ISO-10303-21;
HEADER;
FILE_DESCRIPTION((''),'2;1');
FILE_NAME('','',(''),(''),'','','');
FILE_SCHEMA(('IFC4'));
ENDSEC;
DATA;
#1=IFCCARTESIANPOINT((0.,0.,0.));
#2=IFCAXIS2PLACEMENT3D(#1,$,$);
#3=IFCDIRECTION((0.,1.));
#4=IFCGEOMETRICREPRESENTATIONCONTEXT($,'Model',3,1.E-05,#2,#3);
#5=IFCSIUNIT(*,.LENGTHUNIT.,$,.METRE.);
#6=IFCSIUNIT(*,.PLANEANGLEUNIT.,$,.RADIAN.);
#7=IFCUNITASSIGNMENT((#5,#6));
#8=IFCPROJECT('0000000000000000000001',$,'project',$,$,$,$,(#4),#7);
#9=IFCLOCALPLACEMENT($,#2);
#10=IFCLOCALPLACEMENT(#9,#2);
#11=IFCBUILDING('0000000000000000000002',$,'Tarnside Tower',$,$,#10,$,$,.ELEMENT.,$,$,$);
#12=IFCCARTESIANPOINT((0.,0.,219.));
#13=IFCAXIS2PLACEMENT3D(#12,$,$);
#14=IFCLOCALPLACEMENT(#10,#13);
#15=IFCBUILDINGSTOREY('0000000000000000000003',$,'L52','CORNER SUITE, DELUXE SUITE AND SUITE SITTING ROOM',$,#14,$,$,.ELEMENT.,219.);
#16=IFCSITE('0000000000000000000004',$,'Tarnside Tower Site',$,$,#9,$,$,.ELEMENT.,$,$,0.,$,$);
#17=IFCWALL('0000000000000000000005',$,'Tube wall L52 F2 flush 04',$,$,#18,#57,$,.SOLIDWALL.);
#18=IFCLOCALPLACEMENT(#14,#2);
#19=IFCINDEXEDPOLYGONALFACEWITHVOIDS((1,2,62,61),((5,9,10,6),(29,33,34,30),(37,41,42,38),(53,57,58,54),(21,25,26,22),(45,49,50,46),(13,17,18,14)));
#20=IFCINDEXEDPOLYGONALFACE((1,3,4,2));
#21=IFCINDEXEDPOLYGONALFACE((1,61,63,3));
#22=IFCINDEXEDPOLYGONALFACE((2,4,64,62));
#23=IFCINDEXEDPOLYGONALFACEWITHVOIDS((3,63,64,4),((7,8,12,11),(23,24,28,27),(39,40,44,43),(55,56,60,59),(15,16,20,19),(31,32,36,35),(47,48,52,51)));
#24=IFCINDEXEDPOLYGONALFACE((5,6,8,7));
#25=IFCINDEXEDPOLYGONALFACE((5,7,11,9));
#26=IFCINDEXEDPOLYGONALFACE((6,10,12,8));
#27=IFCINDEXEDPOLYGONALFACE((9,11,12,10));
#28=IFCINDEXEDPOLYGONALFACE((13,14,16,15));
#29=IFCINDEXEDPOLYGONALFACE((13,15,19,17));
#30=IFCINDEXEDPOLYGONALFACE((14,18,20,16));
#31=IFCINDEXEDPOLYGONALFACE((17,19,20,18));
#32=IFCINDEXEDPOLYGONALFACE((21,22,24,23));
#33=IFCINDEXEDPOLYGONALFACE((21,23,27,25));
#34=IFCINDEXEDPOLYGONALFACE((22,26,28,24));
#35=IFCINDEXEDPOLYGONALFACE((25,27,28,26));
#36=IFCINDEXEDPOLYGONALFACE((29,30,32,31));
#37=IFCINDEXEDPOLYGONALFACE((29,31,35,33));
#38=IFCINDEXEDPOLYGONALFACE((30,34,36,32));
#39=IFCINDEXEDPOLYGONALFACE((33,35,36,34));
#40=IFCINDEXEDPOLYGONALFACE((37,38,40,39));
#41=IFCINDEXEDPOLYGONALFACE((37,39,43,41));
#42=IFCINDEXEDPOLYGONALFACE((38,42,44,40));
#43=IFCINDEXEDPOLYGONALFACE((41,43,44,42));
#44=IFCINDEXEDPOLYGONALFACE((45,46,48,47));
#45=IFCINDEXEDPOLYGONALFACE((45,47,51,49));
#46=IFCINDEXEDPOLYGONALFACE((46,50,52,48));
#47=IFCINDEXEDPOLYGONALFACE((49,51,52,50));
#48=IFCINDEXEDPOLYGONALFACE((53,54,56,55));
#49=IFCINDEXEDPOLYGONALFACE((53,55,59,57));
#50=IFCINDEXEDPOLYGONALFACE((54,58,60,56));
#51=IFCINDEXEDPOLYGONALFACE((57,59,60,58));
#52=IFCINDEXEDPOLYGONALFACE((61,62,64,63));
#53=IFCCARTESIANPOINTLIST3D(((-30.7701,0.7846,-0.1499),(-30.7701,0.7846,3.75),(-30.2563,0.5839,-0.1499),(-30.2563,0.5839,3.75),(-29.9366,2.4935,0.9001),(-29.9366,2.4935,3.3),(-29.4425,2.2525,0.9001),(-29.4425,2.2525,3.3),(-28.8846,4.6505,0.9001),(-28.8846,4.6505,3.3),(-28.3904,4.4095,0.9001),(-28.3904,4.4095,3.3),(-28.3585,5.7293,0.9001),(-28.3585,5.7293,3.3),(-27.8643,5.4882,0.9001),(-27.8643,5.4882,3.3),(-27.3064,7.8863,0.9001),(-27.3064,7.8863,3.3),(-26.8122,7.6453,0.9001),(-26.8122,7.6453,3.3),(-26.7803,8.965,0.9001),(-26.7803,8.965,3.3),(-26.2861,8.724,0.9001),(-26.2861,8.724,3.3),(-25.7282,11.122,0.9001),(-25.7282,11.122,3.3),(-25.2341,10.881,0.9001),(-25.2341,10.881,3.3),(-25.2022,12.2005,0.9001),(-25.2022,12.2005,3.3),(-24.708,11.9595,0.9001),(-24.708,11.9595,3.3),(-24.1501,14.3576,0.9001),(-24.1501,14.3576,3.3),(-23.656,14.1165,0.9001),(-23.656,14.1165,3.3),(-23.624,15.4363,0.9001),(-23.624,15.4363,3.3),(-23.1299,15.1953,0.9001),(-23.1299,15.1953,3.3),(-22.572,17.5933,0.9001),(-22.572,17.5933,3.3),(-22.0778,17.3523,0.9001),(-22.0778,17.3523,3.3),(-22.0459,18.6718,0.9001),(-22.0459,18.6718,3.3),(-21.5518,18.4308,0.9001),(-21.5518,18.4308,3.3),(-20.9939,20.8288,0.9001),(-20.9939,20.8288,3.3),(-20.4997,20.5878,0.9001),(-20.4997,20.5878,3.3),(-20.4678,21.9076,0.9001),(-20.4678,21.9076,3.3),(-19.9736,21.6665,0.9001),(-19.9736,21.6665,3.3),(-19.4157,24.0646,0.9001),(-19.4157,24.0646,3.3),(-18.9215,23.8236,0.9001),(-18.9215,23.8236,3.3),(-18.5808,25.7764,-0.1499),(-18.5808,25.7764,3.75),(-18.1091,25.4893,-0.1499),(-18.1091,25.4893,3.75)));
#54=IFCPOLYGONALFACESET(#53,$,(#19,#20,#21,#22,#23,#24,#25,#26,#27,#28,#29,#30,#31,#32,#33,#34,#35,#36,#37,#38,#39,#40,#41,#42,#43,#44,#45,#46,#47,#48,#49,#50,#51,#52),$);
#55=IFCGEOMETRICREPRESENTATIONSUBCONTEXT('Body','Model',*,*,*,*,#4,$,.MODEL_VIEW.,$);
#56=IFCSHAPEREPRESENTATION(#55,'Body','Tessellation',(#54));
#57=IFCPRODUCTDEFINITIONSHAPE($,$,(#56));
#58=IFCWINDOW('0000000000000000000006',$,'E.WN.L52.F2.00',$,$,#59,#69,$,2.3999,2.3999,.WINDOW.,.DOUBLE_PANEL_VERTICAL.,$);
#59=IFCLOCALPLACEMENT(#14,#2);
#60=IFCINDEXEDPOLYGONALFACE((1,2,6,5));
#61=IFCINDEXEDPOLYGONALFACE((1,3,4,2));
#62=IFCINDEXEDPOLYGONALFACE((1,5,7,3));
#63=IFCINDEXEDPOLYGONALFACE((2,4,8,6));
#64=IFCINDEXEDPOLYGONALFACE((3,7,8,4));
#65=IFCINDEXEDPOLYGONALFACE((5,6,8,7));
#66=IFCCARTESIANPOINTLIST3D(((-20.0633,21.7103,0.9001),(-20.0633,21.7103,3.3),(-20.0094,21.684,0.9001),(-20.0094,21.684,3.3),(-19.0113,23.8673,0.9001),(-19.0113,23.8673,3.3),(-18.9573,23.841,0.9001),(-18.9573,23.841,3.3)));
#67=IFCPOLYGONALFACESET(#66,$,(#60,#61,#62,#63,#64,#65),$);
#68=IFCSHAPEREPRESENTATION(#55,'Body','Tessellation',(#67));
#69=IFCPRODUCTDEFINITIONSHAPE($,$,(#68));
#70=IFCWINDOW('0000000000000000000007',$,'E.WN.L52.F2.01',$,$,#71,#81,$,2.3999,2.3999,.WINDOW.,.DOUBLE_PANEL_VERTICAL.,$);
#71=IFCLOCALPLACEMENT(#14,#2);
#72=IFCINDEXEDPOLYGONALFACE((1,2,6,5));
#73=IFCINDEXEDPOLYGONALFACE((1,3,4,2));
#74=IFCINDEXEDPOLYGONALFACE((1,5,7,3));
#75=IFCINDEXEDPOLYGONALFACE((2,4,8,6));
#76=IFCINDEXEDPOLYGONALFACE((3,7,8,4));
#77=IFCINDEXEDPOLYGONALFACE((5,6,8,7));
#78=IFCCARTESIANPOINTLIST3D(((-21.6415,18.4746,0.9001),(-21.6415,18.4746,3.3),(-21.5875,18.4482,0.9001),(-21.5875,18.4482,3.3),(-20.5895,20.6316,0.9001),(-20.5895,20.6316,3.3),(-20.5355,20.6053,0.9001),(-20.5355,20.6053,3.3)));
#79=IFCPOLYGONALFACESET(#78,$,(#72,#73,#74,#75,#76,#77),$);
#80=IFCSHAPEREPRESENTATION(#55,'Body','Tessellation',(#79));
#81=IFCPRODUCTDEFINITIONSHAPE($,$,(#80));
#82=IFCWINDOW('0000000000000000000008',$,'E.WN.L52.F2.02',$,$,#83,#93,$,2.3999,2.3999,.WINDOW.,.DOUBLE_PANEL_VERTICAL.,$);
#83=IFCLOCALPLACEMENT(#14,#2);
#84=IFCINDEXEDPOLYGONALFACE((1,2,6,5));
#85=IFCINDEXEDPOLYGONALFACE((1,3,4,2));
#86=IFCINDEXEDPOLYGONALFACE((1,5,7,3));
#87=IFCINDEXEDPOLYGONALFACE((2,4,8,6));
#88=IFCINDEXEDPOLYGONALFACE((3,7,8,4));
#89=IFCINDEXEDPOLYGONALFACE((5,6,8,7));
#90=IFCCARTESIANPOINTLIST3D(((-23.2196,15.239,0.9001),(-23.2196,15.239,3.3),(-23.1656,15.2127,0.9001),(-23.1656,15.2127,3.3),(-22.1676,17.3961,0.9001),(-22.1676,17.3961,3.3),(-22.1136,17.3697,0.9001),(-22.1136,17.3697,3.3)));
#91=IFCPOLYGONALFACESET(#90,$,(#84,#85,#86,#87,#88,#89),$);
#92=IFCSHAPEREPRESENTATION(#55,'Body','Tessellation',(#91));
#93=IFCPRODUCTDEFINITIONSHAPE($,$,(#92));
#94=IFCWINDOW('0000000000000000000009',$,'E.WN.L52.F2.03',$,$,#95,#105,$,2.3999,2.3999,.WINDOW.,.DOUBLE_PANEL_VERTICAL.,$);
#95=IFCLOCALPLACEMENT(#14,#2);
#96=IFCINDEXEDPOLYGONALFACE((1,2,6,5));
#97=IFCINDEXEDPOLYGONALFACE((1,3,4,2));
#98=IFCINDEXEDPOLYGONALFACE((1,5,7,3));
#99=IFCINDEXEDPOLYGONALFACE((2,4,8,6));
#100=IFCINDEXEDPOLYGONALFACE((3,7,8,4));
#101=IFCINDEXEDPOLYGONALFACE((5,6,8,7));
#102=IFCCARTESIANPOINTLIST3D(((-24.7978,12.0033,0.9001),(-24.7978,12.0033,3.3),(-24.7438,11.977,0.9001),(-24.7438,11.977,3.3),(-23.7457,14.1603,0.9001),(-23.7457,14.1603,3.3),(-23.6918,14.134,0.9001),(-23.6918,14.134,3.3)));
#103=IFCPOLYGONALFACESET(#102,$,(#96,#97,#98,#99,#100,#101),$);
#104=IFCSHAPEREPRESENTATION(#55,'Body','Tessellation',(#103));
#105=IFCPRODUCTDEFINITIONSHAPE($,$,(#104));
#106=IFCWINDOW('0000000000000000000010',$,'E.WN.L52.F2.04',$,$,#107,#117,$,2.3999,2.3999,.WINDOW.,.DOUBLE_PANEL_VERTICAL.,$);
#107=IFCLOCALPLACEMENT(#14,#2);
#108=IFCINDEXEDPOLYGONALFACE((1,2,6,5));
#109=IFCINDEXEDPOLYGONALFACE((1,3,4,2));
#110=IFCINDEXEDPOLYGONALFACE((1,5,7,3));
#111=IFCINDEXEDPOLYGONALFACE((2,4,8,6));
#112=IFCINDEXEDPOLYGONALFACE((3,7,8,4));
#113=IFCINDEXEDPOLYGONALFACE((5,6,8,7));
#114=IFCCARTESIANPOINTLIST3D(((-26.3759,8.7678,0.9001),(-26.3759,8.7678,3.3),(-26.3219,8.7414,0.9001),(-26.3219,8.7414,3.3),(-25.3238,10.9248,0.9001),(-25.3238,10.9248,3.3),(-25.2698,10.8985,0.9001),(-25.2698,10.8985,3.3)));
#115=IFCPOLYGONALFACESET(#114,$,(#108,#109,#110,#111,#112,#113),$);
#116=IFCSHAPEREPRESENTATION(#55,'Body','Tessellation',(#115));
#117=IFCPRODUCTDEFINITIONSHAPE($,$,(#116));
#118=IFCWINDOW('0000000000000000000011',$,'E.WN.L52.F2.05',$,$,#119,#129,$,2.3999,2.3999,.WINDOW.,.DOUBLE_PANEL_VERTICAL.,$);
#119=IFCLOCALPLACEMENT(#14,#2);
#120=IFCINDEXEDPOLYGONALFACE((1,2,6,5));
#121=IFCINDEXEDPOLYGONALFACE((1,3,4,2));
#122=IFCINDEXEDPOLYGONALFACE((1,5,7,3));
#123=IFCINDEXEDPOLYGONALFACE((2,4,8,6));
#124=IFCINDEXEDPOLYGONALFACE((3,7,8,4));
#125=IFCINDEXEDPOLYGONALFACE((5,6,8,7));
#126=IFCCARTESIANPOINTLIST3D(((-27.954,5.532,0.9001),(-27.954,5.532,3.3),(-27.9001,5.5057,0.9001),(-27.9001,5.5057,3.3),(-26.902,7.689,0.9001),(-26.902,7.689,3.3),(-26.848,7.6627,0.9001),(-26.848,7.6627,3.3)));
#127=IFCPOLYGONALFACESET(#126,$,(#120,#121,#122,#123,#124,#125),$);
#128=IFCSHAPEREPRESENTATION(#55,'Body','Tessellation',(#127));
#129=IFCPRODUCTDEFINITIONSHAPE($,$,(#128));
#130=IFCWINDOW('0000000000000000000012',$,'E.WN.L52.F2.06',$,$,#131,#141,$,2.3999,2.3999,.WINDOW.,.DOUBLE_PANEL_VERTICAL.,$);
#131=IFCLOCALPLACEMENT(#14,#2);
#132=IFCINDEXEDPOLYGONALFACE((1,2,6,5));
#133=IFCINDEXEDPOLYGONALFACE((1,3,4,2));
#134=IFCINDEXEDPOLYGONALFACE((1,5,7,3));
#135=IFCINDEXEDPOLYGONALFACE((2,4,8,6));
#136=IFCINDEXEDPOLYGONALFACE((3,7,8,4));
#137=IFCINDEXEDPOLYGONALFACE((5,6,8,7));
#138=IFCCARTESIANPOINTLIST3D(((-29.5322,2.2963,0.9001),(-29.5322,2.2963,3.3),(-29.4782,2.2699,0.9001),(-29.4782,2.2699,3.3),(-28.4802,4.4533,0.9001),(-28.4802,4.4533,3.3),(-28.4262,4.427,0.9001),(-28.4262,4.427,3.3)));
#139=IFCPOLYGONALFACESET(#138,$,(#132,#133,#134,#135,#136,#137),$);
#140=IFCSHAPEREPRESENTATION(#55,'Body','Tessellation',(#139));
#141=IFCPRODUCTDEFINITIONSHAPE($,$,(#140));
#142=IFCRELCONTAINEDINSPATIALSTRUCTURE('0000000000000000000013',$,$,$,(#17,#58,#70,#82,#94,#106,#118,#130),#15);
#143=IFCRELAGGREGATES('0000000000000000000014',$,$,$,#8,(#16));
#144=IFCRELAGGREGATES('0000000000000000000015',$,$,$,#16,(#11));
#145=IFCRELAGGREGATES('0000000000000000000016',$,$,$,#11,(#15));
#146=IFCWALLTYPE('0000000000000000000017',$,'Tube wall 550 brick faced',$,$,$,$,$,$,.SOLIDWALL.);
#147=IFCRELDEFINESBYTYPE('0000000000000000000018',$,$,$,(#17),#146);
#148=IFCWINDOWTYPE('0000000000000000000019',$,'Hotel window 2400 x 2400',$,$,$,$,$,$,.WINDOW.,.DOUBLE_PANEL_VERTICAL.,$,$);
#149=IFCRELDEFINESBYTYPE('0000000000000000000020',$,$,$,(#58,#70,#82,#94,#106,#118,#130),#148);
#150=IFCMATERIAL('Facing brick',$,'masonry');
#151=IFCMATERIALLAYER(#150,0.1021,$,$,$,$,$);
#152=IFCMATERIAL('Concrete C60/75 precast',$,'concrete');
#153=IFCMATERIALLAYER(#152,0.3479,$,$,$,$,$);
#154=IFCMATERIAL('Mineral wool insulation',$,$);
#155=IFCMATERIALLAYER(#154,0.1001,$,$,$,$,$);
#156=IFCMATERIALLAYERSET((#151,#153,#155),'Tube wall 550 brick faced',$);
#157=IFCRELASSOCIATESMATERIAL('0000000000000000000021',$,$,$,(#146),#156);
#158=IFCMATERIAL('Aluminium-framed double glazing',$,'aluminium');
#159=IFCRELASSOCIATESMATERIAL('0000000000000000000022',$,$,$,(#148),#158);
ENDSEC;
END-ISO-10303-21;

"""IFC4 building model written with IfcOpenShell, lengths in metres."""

from ifc_helpers import new_model, si_unit, direction, frame, frame_2d, origin, place, context, subcontext, project, spatial, polyline, rectangle, outline, extrude, material, layer, layer_set, type_object, element, fill, save


model = new_model("IFC4")

# Units and contexts
model_context = context("Model", 3, precision=1e-05, world=origin(), true_north=direction((0.0, 1.0)))
body_context = subcontext(model_context, "Body", "Model", "MODEL_VIEW")
ifc_project = project(units=[si_unit("LENGTHUNIT", "METRE"), si_unit("PLANEANGLEUNIT", "RADIAN")], contexts=[model_context])

# Site, building, storey
site_placement = place(None, origin())
site = spatial("IfcSite", under=ifc_project, at=site_placement, Name="Tarnside Tower Site", CompositionType="ELEMENT", RefElevation=0.0)
building_placement = place(site_placement, origin())
building = spatial("IfcBuilding", under=site, at=building_placement, Name="Tarnside Tower", CompositionType="ELEMENT")
storey_placement = place(building_placement, frame((0.0, 0.0, 219.0)))
storey = spatial("IfcBuildingStorey", under=building, at=storey_placement, Name="L52", Description="CORNER SUITE, DELUXE SUITE AND SUITE SITTING ROOM", CompositionType="ELEMENT", Elevation=219.0)

# Shared definitions
ifc_material_1 = material(Name="Facing brick", Category="masonry")
ifc_layer_1 = layer(ifc_material_1, 0.1021)
ifc_material_2 = material(Name="Concrete C60/75 precast", Category="concrete")
ifc_layer_2 = layer(ifc_material_2, 0.3479)
ifc_material_3 = material(Name="Mineral wool insulation")
ifc_layer_3 = layer(ifc_material_3, 0.1001)
ifc_layer_set_1 = layer_set([ifc_layer_1, ifc_layer_2, ifc_layer_3], Name="Tube wall 550 brick faced")
wall_type_1 = type_object("IfcWallType", Name="Tube wall 550 brick faced", PredefinedType="SOLIDWALL", material=ifc_layer_set_1)

# Wall, openings, windows
wall_1_placement = place(storey_placement, frame((-18.345, 25.6328, -0.1499), z_axis=(0.0, 0.0, 1.0), x_axis=(-0.438372, -0.898794, 0.0)))
wall_1 = element("IfcWall", 1, at=wall_1_placement, inside=storey, type_object=wall_type_1, Name="Tube wall L52 F2 flush 04", PredefinedType="SOLIDWALL", context=body_context, shape_type="SweptSolid", body=[
    extrude(outline(polyline([(-0.0256, -0.2749), (27.7803, -0.2749), (27.7354, 0.2749), (0.0256, 0.2749), (-0.0256, -0.2749)])), origin(), (0.0, 0.0, 1.0), 3.8999),
])
opening_1_placement = place(wall_1_placement, frame((1.8789, 0.0, 1.05)))
opening_1 = element("IfcOpeningElement", 2, at=opening_1_placement, cuts=wall_1, PredefinedType="OPENING", context=body_context, shape_type="SweptSolid", body=[
    extrude(rectangle(XDim=2.3999, YDim=2.3999, at=frame_2d((1.2, 1.2))), frame((0.0, 0.2852, 0.0), z_axis=(0.0, -1.0, 0.0), x_axis=(1.0, 0.0, 0.0)), (0.0, 0.0, 1.0), 0.5701),
])
opening_2_placement = place(wall_1_placement, frame((5.479, 0.0, 1.05)))
opening_2 = element("IfcOpeningElement", 3, at=opening_2_placement, cuts=wall_1, PredefinedType="OPENING", context=body_context, shape_type="SweptSolid", body=[
    extrude(rectangle(XDim=2.3999, YDim=2.3999, at=frame_2d((1.2, 1.2))), frame((0.0, 0.2852, 0.0), z_axis=(0.0, -1.0, 0.0), x_axis=(1.0, 0.0, 0.0)), (0.0, 0.0, 1.0), 0.5701),
])
opening_3_placement = place(wall_1_placement, frame((9.0789, 0.0, 1.05)))
opening_3 = element("IfcOpeningElement", 4, at=opening_3_placement, cuts=wall_1, PredefinedType="OPENING", context=body_context, shape_type="SweptSolid", body=[
    extrude(rectangle(XDim=2.3999, YDim=2.3999, at=frame_2d((1.2, 1.2))), frame((0.0, 0.2852, 0.0), z_axis=(0.0, -1.0, 0.0), x_axis=(1.0, 0.0, 0.0)), (0.0, 0.0, 1.0), 0.5701),
])
opening_4_placement = place(wall_1_placement, frame((12.679, 0.0, 1.05)))
opening_4 = element("IfcOpeningElement", 5, at=opening_4_placement, cuts=wall_1, PredefinedType="OPENING", context=body_context, shape_type="SweptSolid", body=[
    extrude(rectangle(XDim=2.3999, YDim=2.3999, at=frame_2d((1.2, 1.2))), frame((0.0, 0.2852, 0.0), z_axis=(0.0, -1.0, 0.0), x_axis=(1.0, 0.0, 0.0)), (0.0, 0.0, 1.0), 0.5701),
])
opening_5_placement = place(wall_1_placement, frame((16.2788, 0.0, 1.05)))
opening_5 = element("IfcOpeningElement", 6, at=opening_5_placement, cuts=wall_1, PredefinedType="OPENING", context=body_context, shape_type="SweptSolid", body=[
    extrude(rectangle(XDim=2.3999, YDim=2.3999, at=frame_2d((1.2, 1.2))), frame((0.0, 0.2852, 0.0), z_axis=(0.0, -1.0, 0.0), x_axis=(1.0, 0.0, 0.0)), (0.0, 0.0, 1.0), 0.5701),
])
opening_6_placement = place(wall_1_placement, frame((19.8789, 0.0, 1.05)))
opening_6 = element("IfcOpeningElement", 7, at=opening_6_placement, cuts=wall_1, PredefinedType="OPENING", context=body_context, shape_type="SweptSolid", body=[
    extrude(rectangle(XDim=2.3999, YDim=2.3999, at=frame_2d((1.2, 1.2))), frame((0.0, 0.2852, 0.0), z_axis=(0.0, -1.0, 0.0), x_axis=(1.0, 0.0, 0.0)), (0.0, 0.0, 1.0), 0.5701),
])
opening_7_placement = place(wall_1_placement, frame((23.479, 0.0, 1.05)))
opening_7 = element("IfcOpeningElement", 8, at=opening_7_placement, cuts=wall_1, PredefinedType="OPENING", context=body_context, shape_type="SweptSolid", body=[
    extrude(rectangle(XDim=2.3999, YDim=2.3999, at=frame_2d((1.2, 1.2))), frame((0.0, 0.2852, 0.0), z_axis=(0.0, -1.0, 0.0), x_axis=(1.0, 0.0, 0.0)), (0.0, 0.0, 1.0), 0.5701),
])
ifc_material_4 = material(Name="Aluminium-framed double glazing", Category="aluminium")
window_type = type_object("IfcWindowType", Name="Hotel window 2400 x 2400", PartitioningType="DOUBLE_PANEL_VERTICAL", PredefinedType="WINDOW", material=ifc_material_4)
window_1_placement = place(opening_1_placement, frame((0.0, 0.2051, 0.0)))
window_1 = element("IfcWindow", 9, at=window_1_placement, inside=storey, type_object=window_type, Name="E.WN.L52.F2.00", OverallHeight=2.3999, OverallWidth=2.3999, PartitioningType="DOUBLE_PANEL_VERTICAL", PredefinedType="WINDOW", context=body_context, shape_type="SweptSolid", body=[
    extrude(rectangle(XDim=2.3999, YDim=2.3999, at=frame_2d((1.2, 1.2))), frame((0.0, 0.03, 0.0), z_axis=(0.0, -1.0, 0.0), x_axis=(1.0, 0.0, 0.0)), (0.0, 0.0, 1.0), 0.0601),
])
fill(opening_1, window_1)
window_2_placement = place(opening_2_placement, frame((0.0, 0.2051, 0.0)))
window_2 = element("IfcWindow", 10, at=window_2_placement, inside=storey, type_object=window_type, Name="E.WN.L52.F2.01", OverallHeight=2.3999, OverallWidth=2.3999, PartitioningType="DOUBLE_PANEL_VERTICAL", PredefinedType="WINDOW", context=body_context, shape_type="SweptSolid", body=[
    extrude(rectangle(XDim=2.3999, YDim=2.3999, at=frame_2d((1.2, 1.2))), frame((0.0, 0.03, 0.0), z_axis=(0.0, -1.0, 0.0), x_axis=(1.0, 0.0, 0.0)), (0.0, 0.0, 1.0), 0.0601),
])
fill(opening_2, window_2)
window_3_placement = place(opening_3_placement, frame((0.0, 0.2051, 0.0)))
window_3 = element("IfcWindow", 11, at=window_3_placement, inside=storey, type_object=window_type, Name="E.WN.L52.F2.02", OverallHeight=2.3999, OverallWidth=2.3999, PartitioningType="DOUBLE_PANEL_VERTICAL", PredefinedType="WINDOW", context=body_context, shape_type="SweptSolid", body=[
    extrude(rectangle(XDim=2.3999, YDim=2.3999, at=frame_2d((1.2, 1.2))), frame((0.0, 0.03, 0.0), z_axis=(0.0, -1.0, 0.0), x_axis=(1.0, 0.0, 0.0)), (0.0, 0.0, 1.0), 0.0601),
])
fill(opening_3, window_3)
window_4_placement = place(opening_4_placement, frame((0.0, 0.2051, 0.0)))
window_4 = element("IfcWindow", 12, at=window_4_placement, inside=storey, type_object=window_type, Name="E.WN.L52.F2.03", OverallHeight=2.3999, OverallWidth=2.3999, PartitioningType="DOUBLE_PANEL_VERTICAL", PredefinedType="WINDOW", context=body_context, shape_type="SweptSolid", body=[
    extrude(rectangle(XDim=2.3999, YDim=2.3999, at=frame_2d((1.2, 1.2))), frame((0.0, 0.03, 0.0), z_axis=(0.0, -1.0, 0.0), x_axis=(1.0, 0.0, 0.0)), (0.0, 0.0, 1.0), 0.0601),
])
fill(opening_4, window_4)
window_5_placement = place(opening_5_placement, frame((0.0, 0.2051, 0.0)))
window_5 = element("IfcWindow", 13, at=window_5_placement, inside=storey, type_object=window_type, Name="E.WN.L52.F2.04", OverallHeight=2.3999, OverallWidth=2.3999, PartitioningType="DOUBLE_PANEL_VERTICAL", PredefinedType="WINDOW", context=body_context, shape_type="SweptSolid", body=[
    extrude(rectangle(XDim=2.3999, YDim=2.3999, at=frame_2d((1.2, 1.2))), frame((0.0, 0.03, 0.0), z_axis=(0.0, -1.0, 0.0), x_axis=(1.0, 0.0, 0.0)), (0.0, 0.0, 1.0), 0.0601),
])
fill(opening_5, window_5)
window_6_placement = place(opening_6_placement, frame((0.0, 0.2051, 0.0)))
window_6 = element("IfcWindow", 14, at=window_6_placement, inside=storey, type_object=window_type, Name="E.WN.L52.F2.05", OverallHeight=2.3999, OverallWidth=2.3999, PartitioningType="DOUBLE_PANEL_VERTICAL", PredefinedType="WINDOW", context=body_context, shape_type="SweptSolid", body=[
    extrude(rectangle(XDim=2.3999, YDim=2.3999, at=frame_2d((1.2, 1.2))), frame((0.0, 0.03, 0.0), z_axis=(0.0, -1.0, 0.0), x_axis=(1.0, 0.0, 0.0)), (0.0, 0.0, 1.0), 0.0601),
])
fill(opening_6, window_6)
window_7_placement = place(opening_7_placement, frame((0.0, 0.2051, 0.0)))
window_7 = element("IfcWindow", 15, at=window_7_placement, inside=storey, type_object=window_type, Name="E.WN.L52.F2.06", OverallHeight=2.3999, OverallWidth=2.3999, PartitioningType="DOUBLE_PANEL_VERTICAL", PredefinedType="WINDOW", context=body_context, shape_type="SweptSolid", body=[
    extrude(rectangle(XDim=2.3999, YDim=2.3999, at=frame_2d((1.2, 1.2))), frame((0.0, 0.03, 0.0), z_axis=(0.0, -1.0, 0.0), x_axis=(1.0, 0.0, 0.0)), (0.0, 0.0, 1.0), 0.0601),
])
fill(opening_7, window_7)

save(model, "model.ifc")
